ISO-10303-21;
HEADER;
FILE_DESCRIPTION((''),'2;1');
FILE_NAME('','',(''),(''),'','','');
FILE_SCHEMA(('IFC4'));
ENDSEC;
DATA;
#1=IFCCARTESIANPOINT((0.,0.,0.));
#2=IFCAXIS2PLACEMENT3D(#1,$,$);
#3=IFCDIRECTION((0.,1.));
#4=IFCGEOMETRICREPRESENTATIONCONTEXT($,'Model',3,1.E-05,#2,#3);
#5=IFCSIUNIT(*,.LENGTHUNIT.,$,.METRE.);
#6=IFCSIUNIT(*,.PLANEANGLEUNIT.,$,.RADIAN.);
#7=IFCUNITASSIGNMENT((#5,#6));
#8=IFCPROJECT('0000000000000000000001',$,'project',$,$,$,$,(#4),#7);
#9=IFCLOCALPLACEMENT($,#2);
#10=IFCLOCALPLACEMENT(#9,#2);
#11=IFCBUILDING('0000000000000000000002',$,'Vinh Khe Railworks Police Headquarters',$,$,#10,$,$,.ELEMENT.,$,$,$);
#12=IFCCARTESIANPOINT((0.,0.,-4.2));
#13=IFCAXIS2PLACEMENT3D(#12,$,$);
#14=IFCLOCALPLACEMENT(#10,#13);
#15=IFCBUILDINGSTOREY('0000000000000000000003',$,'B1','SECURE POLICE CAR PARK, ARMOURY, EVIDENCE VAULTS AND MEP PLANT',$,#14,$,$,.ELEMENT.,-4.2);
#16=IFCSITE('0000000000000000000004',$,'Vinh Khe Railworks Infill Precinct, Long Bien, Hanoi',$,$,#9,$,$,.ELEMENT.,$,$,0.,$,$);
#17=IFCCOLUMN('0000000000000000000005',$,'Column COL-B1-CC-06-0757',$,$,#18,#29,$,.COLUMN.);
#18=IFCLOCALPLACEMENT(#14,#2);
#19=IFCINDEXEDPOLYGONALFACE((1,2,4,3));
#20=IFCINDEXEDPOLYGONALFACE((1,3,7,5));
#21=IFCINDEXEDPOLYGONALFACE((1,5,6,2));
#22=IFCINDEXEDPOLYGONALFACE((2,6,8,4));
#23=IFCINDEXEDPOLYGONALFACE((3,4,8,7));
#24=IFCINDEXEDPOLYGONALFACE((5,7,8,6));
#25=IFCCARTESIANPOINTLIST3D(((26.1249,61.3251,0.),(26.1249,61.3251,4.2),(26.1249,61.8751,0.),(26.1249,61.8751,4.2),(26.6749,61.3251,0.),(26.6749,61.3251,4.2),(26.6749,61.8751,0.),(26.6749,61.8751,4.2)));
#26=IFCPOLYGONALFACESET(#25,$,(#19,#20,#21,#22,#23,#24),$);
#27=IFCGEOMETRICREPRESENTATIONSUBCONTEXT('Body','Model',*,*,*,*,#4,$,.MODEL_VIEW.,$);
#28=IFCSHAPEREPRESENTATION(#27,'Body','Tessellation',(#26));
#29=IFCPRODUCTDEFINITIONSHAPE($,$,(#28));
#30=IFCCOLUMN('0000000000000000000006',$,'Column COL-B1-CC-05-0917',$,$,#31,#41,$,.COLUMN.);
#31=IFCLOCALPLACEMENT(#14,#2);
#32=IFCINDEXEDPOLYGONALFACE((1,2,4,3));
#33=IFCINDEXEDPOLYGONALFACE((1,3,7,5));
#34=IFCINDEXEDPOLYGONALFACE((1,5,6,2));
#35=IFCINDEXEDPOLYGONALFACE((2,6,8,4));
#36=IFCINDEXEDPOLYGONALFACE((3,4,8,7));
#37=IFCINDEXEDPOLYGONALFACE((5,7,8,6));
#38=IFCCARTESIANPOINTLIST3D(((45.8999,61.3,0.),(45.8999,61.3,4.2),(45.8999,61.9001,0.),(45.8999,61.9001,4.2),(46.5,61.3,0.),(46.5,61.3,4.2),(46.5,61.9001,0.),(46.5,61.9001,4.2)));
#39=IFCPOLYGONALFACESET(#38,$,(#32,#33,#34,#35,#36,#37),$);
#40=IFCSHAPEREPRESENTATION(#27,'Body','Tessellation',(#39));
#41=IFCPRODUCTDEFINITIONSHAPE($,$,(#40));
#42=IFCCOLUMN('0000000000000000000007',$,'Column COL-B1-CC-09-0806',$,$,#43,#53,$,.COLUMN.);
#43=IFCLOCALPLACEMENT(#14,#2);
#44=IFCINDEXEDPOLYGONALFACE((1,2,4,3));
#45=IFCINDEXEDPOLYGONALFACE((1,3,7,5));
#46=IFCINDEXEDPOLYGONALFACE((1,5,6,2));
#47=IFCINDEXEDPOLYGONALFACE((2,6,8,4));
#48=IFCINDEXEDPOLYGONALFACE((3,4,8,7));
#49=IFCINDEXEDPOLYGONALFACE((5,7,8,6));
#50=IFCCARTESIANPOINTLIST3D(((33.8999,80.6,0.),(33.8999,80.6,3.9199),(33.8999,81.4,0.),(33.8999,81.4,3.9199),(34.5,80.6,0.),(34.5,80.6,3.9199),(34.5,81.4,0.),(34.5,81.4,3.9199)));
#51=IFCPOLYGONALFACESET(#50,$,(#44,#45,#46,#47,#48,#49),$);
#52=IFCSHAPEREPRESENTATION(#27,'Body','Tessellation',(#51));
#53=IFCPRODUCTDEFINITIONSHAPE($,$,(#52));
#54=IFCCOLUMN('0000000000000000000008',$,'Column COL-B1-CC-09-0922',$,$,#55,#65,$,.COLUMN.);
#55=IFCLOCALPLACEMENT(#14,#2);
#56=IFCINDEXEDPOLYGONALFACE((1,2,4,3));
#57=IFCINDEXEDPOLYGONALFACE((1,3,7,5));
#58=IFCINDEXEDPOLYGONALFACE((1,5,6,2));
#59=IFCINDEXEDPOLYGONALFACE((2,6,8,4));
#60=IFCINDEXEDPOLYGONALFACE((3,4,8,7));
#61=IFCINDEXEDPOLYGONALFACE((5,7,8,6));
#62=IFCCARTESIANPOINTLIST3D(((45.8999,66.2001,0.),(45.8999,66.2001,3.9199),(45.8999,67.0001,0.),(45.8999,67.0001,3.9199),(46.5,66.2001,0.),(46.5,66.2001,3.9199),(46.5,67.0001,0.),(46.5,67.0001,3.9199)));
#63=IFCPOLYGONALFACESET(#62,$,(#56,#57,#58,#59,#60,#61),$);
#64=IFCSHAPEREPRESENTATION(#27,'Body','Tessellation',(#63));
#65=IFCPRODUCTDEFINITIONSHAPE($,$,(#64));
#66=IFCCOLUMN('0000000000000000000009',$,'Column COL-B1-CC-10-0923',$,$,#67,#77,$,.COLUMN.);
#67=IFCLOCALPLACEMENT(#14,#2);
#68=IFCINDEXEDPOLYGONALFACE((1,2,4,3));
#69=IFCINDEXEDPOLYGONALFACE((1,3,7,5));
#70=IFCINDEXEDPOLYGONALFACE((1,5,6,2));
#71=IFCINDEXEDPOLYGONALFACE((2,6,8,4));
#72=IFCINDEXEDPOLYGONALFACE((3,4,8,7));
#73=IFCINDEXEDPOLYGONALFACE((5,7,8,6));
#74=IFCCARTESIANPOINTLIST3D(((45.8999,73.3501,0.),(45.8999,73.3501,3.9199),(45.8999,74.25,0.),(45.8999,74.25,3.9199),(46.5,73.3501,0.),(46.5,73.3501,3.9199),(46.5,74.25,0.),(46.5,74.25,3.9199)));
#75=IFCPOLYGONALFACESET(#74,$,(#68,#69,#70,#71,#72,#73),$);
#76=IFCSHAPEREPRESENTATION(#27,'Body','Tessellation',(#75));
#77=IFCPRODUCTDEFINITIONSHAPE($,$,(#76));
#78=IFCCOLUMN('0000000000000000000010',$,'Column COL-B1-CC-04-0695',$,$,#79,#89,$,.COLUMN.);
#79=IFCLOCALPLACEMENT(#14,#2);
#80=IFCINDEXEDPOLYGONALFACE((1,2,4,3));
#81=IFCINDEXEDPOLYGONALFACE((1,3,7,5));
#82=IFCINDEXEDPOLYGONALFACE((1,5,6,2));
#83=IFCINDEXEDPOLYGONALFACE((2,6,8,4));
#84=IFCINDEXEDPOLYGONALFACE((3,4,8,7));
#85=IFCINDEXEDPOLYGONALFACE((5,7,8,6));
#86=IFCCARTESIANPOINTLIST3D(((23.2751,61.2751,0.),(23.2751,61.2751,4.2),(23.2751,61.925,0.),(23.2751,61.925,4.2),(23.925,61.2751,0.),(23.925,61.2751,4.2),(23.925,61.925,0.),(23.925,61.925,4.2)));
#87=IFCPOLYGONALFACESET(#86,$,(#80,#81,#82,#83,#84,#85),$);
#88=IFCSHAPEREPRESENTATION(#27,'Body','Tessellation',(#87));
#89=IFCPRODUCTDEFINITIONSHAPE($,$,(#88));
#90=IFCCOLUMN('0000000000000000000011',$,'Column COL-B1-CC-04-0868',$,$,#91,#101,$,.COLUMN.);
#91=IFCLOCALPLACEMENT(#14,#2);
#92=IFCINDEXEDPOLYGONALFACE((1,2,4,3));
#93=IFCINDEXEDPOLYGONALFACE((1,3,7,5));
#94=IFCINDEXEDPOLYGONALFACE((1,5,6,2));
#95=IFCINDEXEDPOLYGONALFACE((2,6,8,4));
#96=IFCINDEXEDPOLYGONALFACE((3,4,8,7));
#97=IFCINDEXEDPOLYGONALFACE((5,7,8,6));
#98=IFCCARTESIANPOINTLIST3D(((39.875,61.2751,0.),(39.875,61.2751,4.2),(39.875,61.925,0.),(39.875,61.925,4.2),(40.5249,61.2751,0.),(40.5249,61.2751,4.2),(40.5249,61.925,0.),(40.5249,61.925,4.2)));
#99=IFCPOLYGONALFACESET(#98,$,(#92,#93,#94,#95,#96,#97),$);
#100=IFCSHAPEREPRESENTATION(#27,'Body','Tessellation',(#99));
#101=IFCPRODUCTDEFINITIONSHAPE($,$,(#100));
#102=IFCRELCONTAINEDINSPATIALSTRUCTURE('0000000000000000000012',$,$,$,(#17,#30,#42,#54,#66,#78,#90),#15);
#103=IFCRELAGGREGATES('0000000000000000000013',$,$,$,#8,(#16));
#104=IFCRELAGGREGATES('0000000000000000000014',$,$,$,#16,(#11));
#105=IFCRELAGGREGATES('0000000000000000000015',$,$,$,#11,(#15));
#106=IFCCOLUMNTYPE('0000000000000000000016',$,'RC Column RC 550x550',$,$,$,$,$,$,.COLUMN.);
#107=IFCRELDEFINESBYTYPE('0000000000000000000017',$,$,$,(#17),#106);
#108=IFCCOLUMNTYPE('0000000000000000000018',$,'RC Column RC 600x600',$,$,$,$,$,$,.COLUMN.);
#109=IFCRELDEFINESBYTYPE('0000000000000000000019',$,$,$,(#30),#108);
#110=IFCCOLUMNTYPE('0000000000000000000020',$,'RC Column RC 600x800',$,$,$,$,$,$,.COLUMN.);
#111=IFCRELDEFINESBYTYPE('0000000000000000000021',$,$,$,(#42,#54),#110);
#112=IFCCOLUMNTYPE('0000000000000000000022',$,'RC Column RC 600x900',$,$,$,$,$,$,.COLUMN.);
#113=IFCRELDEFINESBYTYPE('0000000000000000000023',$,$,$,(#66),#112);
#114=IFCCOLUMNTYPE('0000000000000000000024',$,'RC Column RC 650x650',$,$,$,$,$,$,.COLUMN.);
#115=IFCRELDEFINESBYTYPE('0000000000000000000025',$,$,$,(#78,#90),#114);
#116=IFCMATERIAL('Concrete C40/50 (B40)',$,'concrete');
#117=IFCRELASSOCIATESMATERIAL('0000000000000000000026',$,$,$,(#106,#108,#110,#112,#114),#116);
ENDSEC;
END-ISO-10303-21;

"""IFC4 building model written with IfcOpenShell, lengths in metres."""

from ifc_helpers import new_model, si_unit, direction, frame, origin, origin_2d, place, context, subcontext, project, spatial, rectangle, extrude, material, material_profile, profile_set, type_object, element, save


model = new_model("IFC4")

# Units and contexts
model_context = context("Model", 3, precision=1e-05, world=origin(), true_north=direction((0.0, 1.0)))
body_context = subcontext(model_context, "Body", "Model", "MODEL_VIEW")
ifc_project = project(units=[si_unit("LENGTHUNIT", "METRE"), si_unit("PLANEANGLEUNIT", "RADIAN")], contexts=[model_context])

# Site, building, storey
site_placement = place(None, origin())
site = spatial("IfcSite", under=ifc_project, at=site_placement, Name="Vinh Khe Railworks Infill Precinct, Long Bien, Hanoi", CompositionType="ELEMENT", RefElevation=0.0)
building_placement = place(site_placement, origin())
building = spatial("IfcBuilding", under=site, at=building_placement, Name="Vinh Khe Railworks Police Headquarters", CompositionType="ELEMENT")
storey_placement = place(building_placement, frame((0.0, 0.0, -4.2)))
storey = spatial("IfcBuildingStorey", under=building, at=storey_placement, Name="B1", Description="SECURE POLICE CAR PARK, ARMOURY, EVIDENCE VAULTS AND MEP PLANT", CompositionType="ELEMENT", Elevation=-4.2)

# Columns
ifc_material_1 = material(Name="Concrete C40/50 (B40)", Category="concrete")
ifc_material_profile_1 = material_profile(ifc_material_1, rectangle(XDim=0.55, YDim=0.55, at=origin_2d()), Name="RC 550x550")
ifc_profile_set_1 = profile_set([ifc_material_profile_1], Name="Concrete C40/50 (B40)")
column_type_1 = type_object("IfcColumnType", Name="RC Column RC 550x550", PredefinedType="COLUMN", material=ifc_profile_set_1)
column_1_placement = place(storey_placement, frame((26.3999, 61.6001, 0.0), z_axis=(0.0, 0.0, 1.0), x_axis=(1.0, 0.0, 0.0)))
element("IfcColumn", 1, at=column_1_placement, inside=storey, type_object=column_type_1, Name="Column COL-B1-CC-06-0757", PredefinedType="COLUMN", context=body_context, shape_type="SweptSolid", body=[
    extrude(rectangle(XDim=0.55, YDim=0.55, at=origin_2d()), origin(), (0.0, 0.0, 1.0), 4.2),
])
ifc_material_profile_2 = material_profile(ifc_material_1, rectangle(XDim=0.6001, YDim=0.6001, at=origin_2d()), Name="RC 600x600")
ifc_profile_set_2 = profile_set([ifc_material_profile_2], Name="Concrete C40/50 (B40)")
column_type_2 = type_object("IfcColumnType", Name="RC Column RC 600x600", PredefinedType="COLUMN", material=ifc_profile_set_2)
column_2_placement = place(storey_placement, frame((46.2, 61.6001, 0.0), z_axis=(0.0, 0.0, 1.0), x_axis=(1.0, 0.0, 0.0)))
element("IfcColumn", 2, at=column_2_placement, inside=storey, type_object=column_type_2, Name="Column COL-B1-CC-05-0917", PredefinedType="COLUMN", context=body_context, shape_type="SweptSolid", body=[
    extrude(rectangle(XDim=0.6001, YDim=0.6001, at=origin_2d()), origin(), (0.0, 0.0, 1.0), 4.2),
])
ifc_material_profile_3 = material_profile(ifc_material_1, rectangle(XDim=0.6001, YDim=0.8, at=origin_2d()), Name="RC 600x800")
ifc_profile_set_3 = profile_set([ifc_material_profile_3], Name="Concrete C40/50 (B40)")
column_type_3 = type_object("IfcColumnType", Name="RC Column RC 600x800", PredefinedType="COLUMN", material=ifc_profile_set_3)
for number, where, z_axis, x_axis, name in (
    (3, (34.2, 81.0, 0.0), (0.0, 0.0, 1.0), (1.0, 0.0, 0.0), "Column COL-B1-CC-09-0806"),
    (4, (46.2, 66.6001, 0.0), (0.0, 0.0, 1.0), (1.0, 0.0, 0.0), "Column COL-B1-CC-09-0922"),
):
    element("IfcColumn", number, at=place(storey_placement, frame(where, z_axis=z_axis, x_axis=x_axis)), inside=storey, type_object=column_type_3, Name=name, PredefinedType="COLUMN", context=body_context, shape_type="SweptSolid", body=[
        extrude(rectangle(XDim=0.6001, YDim=0.8, at=origin_2d()), origin(), (0.0, 0.0, 1.0), 3.9199),
    ])
ifc_material_profile_4 = material_profile(ifc_material_1, rectangle(XDim=0.6001, YDim=0.8999, at=origin_2d()), Name="RC 600x900")
ifc_profile_set_4 = profile_set([ifc_material_profile_4], Name="Concrete C40/50 (B40)")
column_type_4 = type_object("IfcColumnType", Name="RC Column RC 600x900", PredefinedType="COLUMN", material=ifc_profile_set_4)
column_3_placement = place(storey_placement, frame((46.2, 73.8, 0.0), z_axis=(0.0, 0.0, 1.0), x_axis=(1.0, 0.0, 0.0)))
element("IfcColumn", 5, at=column_3_placement, inside=storey, type_object=column_type_4, Name="Column COL-B1-CC-10-0923", PredefinedType="COLUMN", context=body_context, shape_type="SweptSolid", body=[
    extrude(rectangle(XDim=0.6001, YDim=0.8999, at=origin_2d()), origin(), (0.0, 0.0, 1.0), 3.9199),
])
ifc_material_profile_5 = material_profile(ifc_material_1, rectangle(XDim=0.6499, YDim=0.6499, at=origin_2d()), Name="RC 650x650")
ifc_profile_set_5 = profile_set([ifc_material_profile_5], Name="Concrete C40/50 (B40)")
column_type_5 = type_object("IfcColumnType", Name="RC Column RC 650x650", PredefinedType="COLUMN", material=ifc_profile_set_5)
for number, where, z_axis, x_axis, name in (
    (6, (23.6001, 61.6001, 0.0), (0.0, 0.0, 1.0), (1.0, 0.0, 0.0), "Column COL-B1-CC-04-0695"),
    (7, (40.2, 61.6001, 0.0), (0.0, 0.0, 1.0), (1.0, 0.0, 0.0), "Column COL-B1-CC-04-0868"),
):
    element("IfcColumn", number, at=place(storey_placement, frame(where, z_axis=z_axis, x_axis=x_axis)), inside=storey, type_object=column_type_5, Name=name, PredefinedType="COLUMN", context=body_context, shape_type="SweptSolid", body=[
        extrude(rectangle(XDim=0.6499, YDim=0.6499, at=origin_2d()), origin(), (0.0, 0.0, 1.0), 4.2),
    ])

save(model, "model.ifc")
